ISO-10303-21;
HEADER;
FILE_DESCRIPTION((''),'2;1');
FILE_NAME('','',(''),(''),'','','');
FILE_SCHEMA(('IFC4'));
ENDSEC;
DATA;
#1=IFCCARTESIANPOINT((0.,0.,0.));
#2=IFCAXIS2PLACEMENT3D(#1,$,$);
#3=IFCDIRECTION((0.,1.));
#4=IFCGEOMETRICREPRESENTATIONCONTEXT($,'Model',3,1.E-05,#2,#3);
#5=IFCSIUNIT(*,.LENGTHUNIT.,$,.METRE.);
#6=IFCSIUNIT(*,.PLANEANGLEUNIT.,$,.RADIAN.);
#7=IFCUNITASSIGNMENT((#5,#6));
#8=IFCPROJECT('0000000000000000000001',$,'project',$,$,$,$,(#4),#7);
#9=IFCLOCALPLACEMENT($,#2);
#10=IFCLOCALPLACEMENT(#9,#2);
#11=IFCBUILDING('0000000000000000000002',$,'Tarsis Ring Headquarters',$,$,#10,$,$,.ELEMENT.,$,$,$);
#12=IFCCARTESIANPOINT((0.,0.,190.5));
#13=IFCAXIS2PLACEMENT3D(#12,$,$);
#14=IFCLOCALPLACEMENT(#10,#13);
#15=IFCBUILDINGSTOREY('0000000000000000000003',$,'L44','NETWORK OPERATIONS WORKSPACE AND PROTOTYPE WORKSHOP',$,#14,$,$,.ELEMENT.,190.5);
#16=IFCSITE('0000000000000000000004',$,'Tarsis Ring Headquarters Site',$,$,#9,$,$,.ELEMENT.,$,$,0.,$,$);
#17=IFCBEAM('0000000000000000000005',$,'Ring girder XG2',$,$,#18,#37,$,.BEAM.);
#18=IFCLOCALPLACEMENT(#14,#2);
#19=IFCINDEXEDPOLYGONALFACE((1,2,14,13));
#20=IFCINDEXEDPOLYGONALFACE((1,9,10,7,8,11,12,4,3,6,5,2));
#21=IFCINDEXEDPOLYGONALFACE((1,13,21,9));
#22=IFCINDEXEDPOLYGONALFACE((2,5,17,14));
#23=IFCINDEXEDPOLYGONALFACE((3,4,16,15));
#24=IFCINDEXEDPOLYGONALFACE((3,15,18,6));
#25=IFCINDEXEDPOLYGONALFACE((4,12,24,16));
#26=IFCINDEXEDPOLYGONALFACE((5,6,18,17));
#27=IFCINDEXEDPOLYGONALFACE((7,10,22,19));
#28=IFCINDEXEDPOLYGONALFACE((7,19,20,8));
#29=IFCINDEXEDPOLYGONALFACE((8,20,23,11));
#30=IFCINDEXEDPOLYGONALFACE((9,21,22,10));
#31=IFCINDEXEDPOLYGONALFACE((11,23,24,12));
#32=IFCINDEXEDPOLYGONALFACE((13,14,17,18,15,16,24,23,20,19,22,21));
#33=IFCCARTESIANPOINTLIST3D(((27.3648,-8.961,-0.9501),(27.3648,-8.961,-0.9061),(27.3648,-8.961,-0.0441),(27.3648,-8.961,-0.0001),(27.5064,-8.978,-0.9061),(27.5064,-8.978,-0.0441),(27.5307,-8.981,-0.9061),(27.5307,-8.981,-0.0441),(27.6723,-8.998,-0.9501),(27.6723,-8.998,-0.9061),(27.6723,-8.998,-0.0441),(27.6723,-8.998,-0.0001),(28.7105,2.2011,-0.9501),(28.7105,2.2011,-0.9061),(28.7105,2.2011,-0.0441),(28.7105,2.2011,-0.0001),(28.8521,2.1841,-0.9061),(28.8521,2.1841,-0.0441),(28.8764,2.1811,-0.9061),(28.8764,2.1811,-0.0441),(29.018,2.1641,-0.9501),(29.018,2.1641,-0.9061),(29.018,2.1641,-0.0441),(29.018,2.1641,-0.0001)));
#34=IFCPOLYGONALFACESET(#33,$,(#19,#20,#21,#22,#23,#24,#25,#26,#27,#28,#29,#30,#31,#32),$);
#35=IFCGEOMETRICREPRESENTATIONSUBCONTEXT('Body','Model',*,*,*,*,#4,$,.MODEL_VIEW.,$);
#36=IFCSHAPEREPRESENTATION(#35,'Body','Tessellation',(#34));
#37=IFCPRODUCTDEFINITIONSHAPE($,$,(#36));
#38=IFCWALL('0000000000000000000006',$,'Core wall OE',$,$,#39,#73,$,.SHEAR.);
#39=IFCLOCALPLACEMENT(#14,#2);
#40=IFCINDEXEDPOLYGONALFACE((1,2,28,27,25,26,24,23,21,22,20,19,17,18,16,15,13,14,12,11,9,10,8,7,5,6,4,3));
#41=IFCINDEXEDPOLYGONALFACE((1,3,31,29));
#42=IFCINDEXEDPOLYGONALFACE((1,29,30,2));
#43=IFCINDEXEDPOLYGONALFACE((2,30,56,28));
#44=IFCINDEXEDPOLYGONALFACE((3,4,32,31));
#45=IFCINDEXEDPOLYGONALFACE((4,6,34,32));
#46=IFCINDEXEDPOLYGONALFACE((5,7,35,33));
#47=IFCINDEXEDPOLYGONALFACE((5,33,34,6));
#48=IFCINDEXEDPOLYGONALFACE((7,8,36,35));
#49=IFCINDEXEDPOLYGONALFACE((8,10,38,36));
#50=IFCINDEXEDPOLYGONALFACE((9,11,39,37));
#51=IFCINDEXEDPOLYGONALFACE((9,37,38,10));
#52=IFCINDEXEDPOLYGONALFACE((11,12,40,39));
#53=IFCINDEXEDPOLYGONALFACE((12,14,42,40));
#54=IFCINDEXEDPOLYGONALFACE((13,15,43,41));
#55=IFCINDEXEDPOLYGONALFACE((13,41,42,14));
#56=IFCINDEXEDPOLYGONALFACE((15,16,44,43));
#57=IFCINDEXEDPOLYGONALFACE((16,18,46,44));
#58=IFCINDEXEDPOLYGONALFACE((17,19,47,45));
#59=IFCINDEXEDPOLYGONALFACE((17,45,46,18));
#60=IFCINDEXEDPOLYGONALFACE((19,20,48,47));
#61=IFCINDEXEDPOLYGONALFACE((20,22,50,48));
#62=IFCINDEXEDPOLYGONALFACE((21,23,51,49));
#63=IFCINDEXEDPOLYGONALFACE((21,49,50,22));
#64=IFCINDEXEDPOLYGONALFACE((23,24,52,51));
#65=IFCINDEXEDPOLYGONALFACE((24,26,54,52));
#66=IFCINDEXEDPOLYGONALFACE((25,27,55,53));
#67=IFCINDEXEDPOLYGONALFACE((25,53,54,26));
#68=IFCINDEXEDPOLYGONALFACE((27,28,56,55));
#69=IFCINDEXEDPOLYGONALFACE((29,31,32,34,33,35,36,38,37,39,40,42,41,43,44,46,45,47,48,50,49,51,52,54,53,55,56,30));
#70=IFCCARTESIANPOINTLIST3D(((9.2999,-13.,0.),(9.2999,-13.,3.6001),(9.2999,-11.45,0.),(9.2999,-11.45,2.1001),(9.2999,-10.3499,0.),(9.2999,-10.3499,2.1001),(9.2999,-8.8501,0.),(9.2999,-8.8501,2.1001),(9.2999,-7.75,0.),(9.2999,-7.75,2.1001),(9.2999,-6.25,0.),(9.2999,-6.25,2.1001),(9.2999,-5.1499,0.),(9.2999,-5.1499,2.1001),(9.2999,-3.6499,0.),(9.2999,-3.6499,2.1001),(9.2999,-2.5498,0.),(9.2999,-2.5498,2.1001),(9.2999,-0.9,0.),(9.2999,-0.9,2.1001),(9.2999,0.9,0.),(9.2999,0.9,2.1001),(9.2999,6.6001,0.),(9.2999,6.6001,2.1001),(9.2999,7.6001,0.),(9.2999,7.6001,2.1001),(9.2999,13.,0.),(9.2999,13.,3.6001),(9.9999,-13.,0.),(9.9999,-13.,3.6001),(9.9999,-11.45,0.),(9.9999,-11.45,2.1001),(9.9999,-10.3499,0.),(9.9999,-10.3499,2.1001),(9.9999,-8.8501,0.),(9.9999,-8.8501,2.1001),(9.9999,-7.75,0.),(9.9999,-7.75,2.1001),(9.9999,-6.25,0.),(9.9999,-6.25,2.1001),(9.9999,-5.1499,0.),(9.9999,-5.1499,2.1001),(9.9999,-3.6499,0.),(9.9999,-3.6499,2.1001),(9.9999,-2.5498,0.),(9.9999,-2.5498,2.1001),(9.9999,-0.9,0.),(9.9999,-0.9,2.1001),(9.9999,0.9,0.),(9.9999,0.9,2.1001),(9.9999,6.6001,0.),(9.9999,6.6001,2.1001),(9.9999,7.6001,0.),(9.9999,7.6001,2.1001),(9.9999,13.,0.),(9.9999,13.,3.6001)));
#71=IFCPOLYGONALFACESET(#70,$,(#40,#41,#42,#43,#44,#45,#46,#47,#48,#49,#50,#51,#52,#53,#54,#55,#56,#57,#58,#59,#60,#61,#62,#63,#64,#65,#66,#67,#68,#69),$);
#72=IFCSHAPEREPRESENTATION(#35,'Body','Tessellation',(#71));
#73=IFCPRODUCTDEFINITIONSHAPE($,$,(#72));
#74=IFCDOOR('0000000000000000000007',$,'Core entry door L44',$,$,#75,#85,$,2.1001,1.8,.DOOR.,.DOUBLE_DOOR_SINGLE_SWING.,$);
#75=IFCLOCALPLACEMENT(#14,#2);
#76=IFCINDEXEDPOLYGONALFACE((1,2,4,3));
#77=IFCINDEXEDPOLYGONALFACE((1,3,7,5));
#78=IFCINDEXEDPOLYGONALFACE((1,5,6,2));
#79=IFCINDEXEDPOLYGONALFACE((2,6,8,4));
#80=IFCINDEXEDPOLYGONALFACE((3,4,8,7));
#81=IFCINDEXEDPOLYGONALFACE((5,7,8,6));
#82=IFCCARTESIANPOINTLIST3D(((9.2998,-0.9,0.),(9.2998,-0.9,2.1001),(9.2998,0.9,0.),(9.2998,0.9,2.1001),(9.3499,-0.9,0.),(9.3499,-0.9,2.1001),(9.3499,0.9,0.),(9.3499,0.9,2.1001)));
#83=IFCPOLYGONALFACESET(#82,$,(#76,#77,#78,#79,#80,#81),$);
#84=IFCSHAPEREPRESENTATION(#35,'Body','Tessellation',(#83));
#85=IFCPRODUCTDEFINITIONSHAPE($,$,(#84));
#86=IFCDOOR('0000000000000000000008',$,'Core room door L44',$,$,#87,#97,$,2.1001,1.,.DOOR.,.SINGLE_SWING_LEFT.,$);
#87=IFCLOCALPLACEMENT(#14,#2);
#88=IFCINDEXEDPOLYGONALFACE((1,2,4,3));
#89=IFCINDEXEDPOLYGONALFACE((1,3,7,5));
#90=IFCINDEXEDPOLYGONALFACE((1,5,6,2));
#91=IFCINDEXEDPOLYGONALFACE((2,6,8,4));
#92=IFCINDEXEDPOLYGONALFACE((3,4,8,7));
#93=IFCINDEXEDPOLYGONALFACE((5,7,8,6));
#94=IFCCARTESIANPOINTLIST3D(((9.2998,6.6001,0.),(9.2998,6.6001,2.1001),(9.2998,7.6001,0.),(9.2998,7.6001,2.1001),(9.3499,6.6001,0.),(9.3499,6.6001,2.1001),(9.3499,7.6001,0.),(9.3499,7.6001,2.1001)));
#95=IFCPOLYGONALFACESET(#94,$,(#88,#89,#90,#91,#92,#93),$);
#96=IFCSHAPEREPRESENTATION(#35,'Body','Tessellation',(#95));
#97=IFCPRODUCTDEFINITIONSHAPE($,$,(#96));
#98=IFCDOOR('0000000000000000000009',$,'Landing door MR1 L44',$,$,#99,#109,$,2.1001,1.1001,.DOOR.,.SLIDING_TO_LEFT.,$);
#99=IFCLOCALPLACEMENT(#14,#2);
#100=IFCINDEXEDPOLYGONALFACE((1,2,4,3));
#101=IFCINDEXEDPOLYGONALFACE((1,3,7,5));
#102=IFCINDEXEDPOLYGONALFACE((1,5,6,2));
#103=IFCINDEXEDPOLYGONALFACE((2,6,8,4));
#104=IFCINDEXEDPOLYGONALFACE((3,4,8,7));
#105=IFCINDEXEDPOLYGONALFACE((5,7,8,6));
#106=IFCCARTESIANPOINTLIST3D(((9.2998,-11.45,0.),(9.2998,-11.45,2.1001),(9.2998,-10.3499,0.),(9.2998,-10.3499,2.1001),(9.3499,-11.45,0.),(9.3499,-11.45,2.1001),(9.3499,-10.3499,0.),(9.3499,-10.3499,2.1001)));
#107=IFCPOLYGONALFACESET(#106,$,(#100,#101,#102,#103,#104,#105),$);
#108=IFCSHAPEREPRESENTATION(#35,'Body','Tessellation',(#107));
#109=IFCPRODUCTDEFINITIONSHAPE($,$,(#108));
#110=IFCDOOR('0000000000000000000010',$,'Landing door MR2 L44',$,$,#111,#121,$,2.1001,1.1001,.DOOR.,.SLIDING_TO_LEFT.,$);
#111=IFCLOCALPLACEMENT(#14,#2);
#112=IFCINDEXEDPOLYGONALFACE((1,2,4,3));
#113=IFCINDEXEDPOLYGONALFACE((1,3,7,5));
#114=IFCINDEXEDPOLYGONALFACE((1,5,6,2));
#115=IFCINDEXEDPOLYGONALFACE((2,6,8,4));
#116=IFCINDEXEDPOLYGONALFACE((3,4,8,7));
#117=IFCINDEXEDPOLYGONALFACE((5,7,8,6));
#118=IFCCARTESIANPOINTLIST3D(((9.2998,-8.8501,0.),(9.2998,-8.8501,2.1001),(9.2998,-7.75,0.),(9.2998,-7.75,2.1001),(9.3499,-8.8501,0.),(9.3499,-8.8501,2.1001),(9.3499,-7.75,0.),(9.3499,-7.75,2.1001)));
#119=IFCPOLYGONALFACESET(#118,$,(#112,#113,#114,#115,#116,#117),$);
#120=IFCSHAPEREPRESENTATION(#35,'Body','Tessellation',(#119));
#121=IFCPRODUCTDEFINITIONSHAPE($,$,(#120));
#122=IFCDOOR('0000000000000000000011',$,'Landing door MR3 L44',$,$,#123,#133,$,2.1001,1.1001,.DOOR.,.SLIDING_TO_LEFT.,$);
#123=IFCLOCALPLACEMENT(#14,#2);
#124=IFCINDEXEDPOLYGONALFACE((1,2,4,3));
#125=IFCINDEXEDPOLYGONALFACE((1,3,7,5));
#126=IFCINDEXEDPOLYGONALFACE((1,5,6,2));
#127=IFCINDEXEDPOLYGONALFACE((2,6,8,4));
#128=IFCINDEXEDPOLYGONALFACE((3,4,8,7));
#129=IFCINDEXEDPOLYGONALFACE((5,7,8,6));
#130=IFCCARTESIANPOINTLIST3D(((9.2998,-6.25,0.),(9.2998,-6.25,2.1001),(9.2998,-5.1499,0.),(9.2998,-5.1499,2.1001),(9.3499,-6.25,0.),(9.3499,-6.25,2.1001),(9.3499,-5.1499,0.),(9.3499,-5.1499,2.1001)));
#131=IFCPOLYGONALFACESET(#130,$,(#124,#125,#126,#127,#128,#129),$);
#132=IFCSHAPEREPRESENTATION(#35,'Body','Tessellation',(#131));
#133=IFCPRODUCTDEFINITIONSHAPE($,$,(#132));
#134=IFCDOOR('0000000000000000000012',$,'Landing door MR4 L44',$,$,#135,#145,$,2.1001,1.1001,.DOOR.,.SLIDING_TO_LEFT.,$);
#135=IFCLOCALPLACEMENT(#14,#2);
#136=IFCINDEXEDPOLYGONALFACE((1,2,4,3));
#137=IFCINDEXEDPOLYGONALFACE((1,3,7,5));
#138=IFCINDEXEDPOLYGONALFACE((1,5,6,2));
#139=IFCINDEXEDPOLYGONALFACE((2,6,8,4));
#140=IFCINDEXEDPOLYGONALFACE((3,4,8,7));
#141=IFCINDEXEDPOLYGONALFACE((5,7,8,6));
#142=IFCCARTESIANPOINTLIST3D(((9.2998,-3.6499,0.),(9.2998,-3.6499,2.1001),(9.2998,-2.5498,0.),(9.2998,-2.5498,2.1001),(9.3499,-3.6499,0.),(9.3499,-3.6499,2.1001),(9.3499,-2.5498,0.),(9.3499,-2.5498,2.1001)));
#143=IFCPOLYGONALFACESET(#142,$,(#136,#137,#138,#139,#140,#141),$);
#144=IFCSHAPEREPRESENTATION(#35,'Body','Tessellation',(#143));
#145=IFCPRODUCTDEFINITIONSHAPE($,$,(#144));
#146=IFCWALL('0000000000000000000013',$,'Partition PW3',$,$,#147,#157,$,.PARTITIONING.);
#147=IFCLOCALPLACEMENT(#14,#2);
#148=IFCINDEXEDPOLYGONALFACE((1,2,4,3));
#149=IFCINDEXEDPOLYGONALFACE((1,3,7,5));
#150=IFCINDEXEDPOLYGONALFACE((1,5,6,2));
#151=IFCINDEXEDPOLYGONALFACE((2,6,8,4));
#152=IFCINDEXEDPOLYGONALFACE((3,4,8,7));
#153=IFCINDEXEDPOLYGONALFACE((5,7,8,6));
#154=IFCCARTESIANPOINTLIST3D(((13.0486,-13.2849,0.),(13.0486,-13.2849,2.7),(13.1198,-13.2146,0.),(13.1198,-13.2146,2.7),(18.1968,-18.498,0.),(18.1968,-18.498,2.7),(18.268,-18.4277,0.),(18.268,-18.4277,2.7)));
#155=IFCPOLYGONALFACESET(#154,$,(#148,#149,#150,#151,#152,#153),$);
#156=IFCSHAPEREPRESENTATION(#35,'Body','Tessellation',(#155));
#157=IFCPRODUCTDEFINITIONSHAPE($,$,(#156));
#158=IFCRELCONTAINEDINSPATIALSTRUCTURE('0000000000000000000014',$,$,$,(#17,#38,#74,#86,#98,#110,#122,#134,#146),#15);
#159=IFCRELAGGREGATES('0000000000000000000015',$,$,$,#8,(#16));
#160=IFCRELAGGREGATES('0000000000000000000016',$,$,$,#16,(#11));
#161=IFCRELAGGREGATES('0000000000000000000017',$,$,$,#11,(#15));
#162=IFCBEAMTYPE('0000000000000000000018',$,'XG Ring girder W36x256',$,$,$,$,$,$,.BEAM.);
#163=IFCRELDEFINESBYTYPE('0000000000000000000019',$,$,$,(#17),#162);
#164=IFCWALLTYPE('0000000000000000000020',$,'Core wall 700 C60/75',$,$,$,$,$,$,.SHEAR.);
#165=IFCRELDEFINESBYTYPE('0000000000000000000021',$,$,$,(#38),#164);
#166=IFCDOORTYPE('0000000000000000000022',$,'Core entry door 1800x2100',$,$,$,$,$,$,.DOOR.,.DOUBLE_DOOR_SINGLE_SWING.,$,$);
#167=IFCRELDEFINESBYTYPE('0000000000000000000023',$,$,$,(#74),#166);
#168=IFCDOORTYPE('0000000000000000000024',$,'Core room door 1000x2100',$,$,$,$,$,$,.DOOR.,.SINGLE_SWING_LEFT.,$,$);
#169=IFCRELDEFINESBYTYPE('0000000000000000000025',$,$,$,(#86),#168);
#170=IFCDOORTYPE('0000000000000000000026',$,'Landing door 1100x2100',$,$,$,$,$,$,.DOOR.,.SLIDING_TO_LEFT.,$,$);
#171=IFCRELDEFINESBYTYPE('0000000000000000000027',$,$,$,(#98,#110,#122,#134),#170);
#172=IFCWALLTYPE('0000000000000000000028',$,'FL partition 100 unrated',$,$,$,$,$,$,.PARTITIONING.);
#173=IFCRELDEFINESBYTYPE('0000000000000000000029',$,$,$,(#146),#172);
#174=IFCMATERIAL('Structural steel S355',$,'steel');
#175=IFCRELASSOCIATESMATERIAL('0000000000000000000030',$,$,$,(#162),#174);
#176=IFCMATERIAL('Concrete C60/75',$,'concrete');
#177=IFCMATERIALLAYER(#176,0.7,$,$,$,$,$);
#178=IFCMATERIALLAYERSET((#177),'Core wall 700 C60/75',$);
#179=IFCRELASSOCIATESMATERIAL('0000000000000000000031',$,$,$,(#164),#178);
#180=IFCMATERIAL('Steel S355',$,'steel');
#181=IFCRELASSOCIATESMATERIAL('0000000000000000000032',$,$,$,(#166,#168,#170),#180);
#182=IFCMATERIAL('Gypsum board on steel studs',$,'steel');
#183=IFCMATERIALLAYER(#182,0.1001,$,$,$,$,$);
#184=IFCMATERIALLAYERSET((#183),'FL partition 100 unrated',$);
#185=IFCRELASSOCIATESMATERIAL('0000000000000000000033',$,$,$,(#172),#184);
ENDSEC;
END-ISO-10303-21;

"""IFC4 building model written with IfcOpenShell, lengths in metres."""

from ifc_helpers import new_model, si_unit, direction, frame, frame_2d, origin, origin_2d, place, context, subcontext, project, spatial, rectangle, i_section, extrude, material, layer, layer_set, material_profile, profile_set, type_object, element, fill, save


model = new_model("IFC4")

# Units and contexts
model_context = context("Model", 3, precision=1e-05, world=origin(), true_north=direction((0.0, 1.0)))
body_context = subcontext(model_context, "Body", "Model", "MODEL_VIEW")
ifc_project = project(units=[si_unit("LENGTHUNIT", "METRE"), si_unit("PLANEANGLEUNIT", "RADIAN")], contexts=[model_context])

# Site, building, storey
site_placement = place(None, origin())
site = spatial("IfcSite", under=ifc_project, at=site_placement, Name="Tarsis Ring Headquarters Site", CompositionType="ELEMENT", RefElevation=0.0)
building_placement = place(site_placement, origin())
building = spatial("IfcBuilding", under=site, at=building_placement, Name="Tarsis Ring Headquarters", CompositionType="ELEMENT")
storey_placement = place(building_placement, frame((0.0, 0.0, 190.5)))
storey = spatial("IfcBuildingStorey", under=building, at=storey_placement, Name="L44", Description="NETWORK OPERATIONS WORKSPACE AND PROTOTYPE WORKSHOP", CompositionType="ELEMENT", Elevation=190.5)

# Shared definitions
ifc_material_1 = material(Name="Structural steel S355", Category="steel")

# Beam
ifc_material_profile_1 = material_profile(ifc_material_1, i_section(OverallWidth=0.3098, OverallDepth=0.95, WebThickness=0.0244, FlangeThickness=0.0439, at=origin_2d()), Name="W36x256")
ifc_profile_set_1 = profile_set([ifc_material_profile_1], Name="Structural steel S355")
beam_type_1 = type_object("IfcBeamType", Name="XG Ring girder W36x256", PredefinedType="BEAM", material=ifc_profile_set_1)
beam_1_placement = place(storey_placement, frame((27.5186, -8.9795, -0.4751), z_axis=(0.119693, 0.992811, 0.0), x_axis=(-0.992811, 0.119693, 0.0)))
element("IfcBeam", 1, at=beam_1_placement, inside=storey, type_object=beam_type_1, Name="Ring girder XG2", PredefinedType="BEAM", context=body_context, shape_type="SweptSolid", body=[
    extrude(i_section(OverallWidth=0.3098, OverallDepth=0.95, WebThickness=0.0244, FlangeThickness=0.0439, at=origin_2d()), origin(), (0.0, 0.0, 1.0), 11.2429),
])

# Wall, openings, doors
ifc_material_2 = material(Name="Concrete C60/75", Category="concrete")
ifc_layer_1 = layer(ifc_material_2, 0.7)
ifc_layer_set_1 = layer_set([ifc_layer_1], Name="Core wall 700 C60/75")
wall_type_1 = type_object("IfcWallType", Name="Core wall 700 C60/75", PredefinedType="SHEAR", material=ifc_layer_set_1)
wall_1_placement = place(storey_placement, frame((9.6499, -13.0, 0.0), z_axis=(0.0, 0.0, 1.0), x_axis=(0.0, 1.0, 0.0)))
wall_1 = element("IfcWall", 2, at=wall_1_placement, inside=storey, type_object=wall_type_1, Name="Core wall OE", PredefinedType="SHEAR", context=body_context, shape_type="SweptSolid", body=[
    extrude(rectangle(XDim=26.0, YDim=0.7, at=frame_2d((13.0, 0.0))), origin(), (0.0, 0.0, 1.0), 3.6001),
])
opening_1_placement = place(wall_1_placement, frame((1.55, 0.0, 0.0)))
opening_1 = element("IfcOpeningElement", 3, at=opening_1_placement, cuts=wall_1, PredefinedType="OPENING", context=body_context, shape_type="SweptSolid", body=[
    extrude(rectangle(XDim=1.1001, YDim=2.1001, at=frame_2d((0.55, 1.05))), frame((0.0, 0.3599, 0.0), z_axis=(0.0, -1.0, 0.0), x_axis=(1.0, 0.0, 0.0)), (0.0, 0.0, 1.0), 0.72),
])
opening_2_placement = place(wall_1_placement, frame((4.1499, 0.0, 0.0)))
opening_2 = element("IfcOpeningElement", 4, at=opening_2_placement, cuts=wall_1, PredefinedType="OPENING", context=body_context, shape_type="SweptSolid", body=[
    extrude(rectangle(XDim=1.1001, YDim=2.1001, at=frame_2d((0.55, 1.05))), frame((0.0, 0.3599, 0.0), z_axis=(0.0, -1.0, 0.0), x_axis=(1.0, 0.0, 0.0)), (0.0, 0.0, 1.0), 0.72),
])
opening_3_placement = place(wall_1_placement, frame((6.75, 0.0, 0.0)))
opening_3 = element("IfcOpeningElement", 5, at=opening_3_placement, cuts=wall_1, PredefinedType="OPENING", context=body_context, shape_type="SweptSolid", body=[
    extrude(rectangle(XDim=1.1001, YDim=2.1001, at=frame_2d((0.55, 1.05))), frame((0.0, 0.3599, 0.0), z_axis=(0.0, -1.0, 0.0), x_axis=(1.0, 0.0, 0.0)), (0.0, 0.0, 1.0), 0.72),
])
opening_4_placement = place(wall_1_placement, frame((9.3501, 0.0, 0.0)))
opening_4 = element("IfcOpeningElement", 6, at=opening_4_placement, cuts=wall_1, PredefinedType="OPENING", context=body_context, shape_type="SweptSolid", body=[
    extrude(rectangle(XDim=1.1001, YDim=2.1001, at=frame_2d((0.55, 1.05))), frame((0.0, 0.3599, 0.0), z_axis=(0.0, -1.0, 0.0), x_axis=(1.0, 0.0, 0.0)), (0.0, 0.0, 1.0), 0.72),
])
opening_5_placement = place(wall_1_placement, frame((12.1001, 0.0, 0.0)))
opening_5 = element("IfcOpeningElement", 7, at=opening_5_placement, cuts=wall_1, PredefinedType="OPENING", context=body_context, shape_type="SweptSolid", body=[
    extrude(rectangle(XDim=1.8, YDim=2.1001, at=frame_2d((0.8999, 1.05))), frame((0.0, 0.3599, 0.0), z_axis=(0.0, -1.0, 0.0), x_axis=(1.0, 0.0, 0.0)), (0.0, 0.0, 1.0), 0.72),
])
opening_6_placement = place(wall_1_placement, frame((19.6001, 0.0, 0.0)))
opening_6 = element("IfcOpeningElement", 8, at=opening_6_placement, cuts=wall_1, PredefinedType="OPENING", context=body_context, shape_type="SweptSolid", body=[
    extrude(rectangle(XDim=1.0, YDim=2.1001, at=frame_2d((0.5, 1.05))), frame((0.0, 0.3599, 0.0), z_axis=(0.0, -1.0, 0.0), x_axis=(1.0, 0.0, 0.0)), (0.0, 0.0, 1.0), 0.72),
])
ifc_material_3 = material(Name="Steel S355", Category="steel")
door_type_1 = type_object("IfcDoorType", Name="Core entry door 1800x2100", OperationType="DOUBLE_DOOR_SINGLE_SWING", PredefinedType="DOOR", material=ifc_material_3)
door_1_placement = place(opening_5_placement, origin())
door_1 = element("IfcDoor", 9, at=door_1_placement, inside=storey, type_object=door_type_1, Name="Core entry door L44", OperationType="DOUBLE_DOOR_SINGLE_SWING", OverallHeight=2.1001, OverallWidth=1.8, PredefinedType="DOOR", context=body_context, shape_type="SweptSolid", body=[
    extrude(rectangle(XDim=1.8, YDim=2.1001, at=frame_2d((0.8999, 1.05))), frame((0.0, 0.3501, 0.0), z_axis=(0.0, -1.0, 0.0), x_axis=(1.0, 0.0, 0.0)), (0.0, 0.0, 1.0), 0.05),
])
fill(opening_5, door_1)
door_type_2 = type_object("IfcDoorType", Name="Core room door 1000x2100", OperationType="SINGLE_SWING_LEFT", PredefinedType="DOOR", material=ifc_material_3)
door_2_placement = place(opening_6_placement, origin())
door_2 = element("IfcDoor", 10, at=door_2_placement, inside=storey, type_object=door_type_2, Name="Core room door L44", OperationType="SINGLE_SWING_LEFT", OverallHeight=2.1001, OverallWidth=1.0, PredefinedType="DOOR", context=body_context, shape_type="SweptSolid", body=[
    extrude(rectangle(XDim=1.0, YDim=2.1001, at=frame_2d((0.5, 1.05))), frame((0.0, 0.3501, 0.0), z_axis=(0.0, -1.0, 0.0), x_axis=(1.0, 0.0, 0.0)), (0.0, 0.0, 1.0), 0.05),
])
fill(opening_6, door_2)
door_type_3 = type_object("IfcDoorType", Name="Landing door 1100x2100", OperationType="SLIDING_TO_LEFT", PredefinedType="DOOR", material=ifc_material_3)
door_3_placement = place(opening_1_placement, origin())
door_3 = element("IfcDoor", 11, at=door_3_placement, inside=storey, type_object=door_type_3, Name="Landing door MR1 L44", OperationType="SLIDING_TO_LEFT", OverallHeight=2.1001, OverallWidth=1.1001, PredefinedType="DOOR", context=body_context, shape_type="SweptSolid", body=[
    extrude(rectangle(XDim=1.1001, YDim=2.1001, at=frame_2d((0.55, 1.05))), frame((0.0, 0.3501, 0.0), z_axis=(0.0, -1.0, 0.0), x_axis=(1.0, 0.0, 0.0)), (0.0, 0.0, 1.0), 0.05),
])
fill(opening_1, door_3)
door_4_placement = place(opening_2_placement, origin())
door_4 = element("IfcDoor", 12, at=door_4_placement, inside=storey, type_object=door_type_3, Name="Landing door MR2 L44", OperationType="SLIDING_TO_LEFT", OverallHeight=2.1001, OverallWidth=1.1001, PredefinedType="DOOR", context=body_context, shape_type="SweptSolid", body=[
    extrude(rectangle(XDim=1.1001, YDim=2.1001, at=frame_2d((0.55, 1.05))), frame((0.0, 0.3501, 0.0), z_axis=(0.0, -1.0, 0.0), x_axis=(1.0, 0.0, 0.0)), (0.0, 0.0, 1.0), 0.05),
])
fill(opening_2, door_4)
door_5_placement = place(opening_3_placement, origin())
door_5 = element("IfcDoor", 13, at=door_5_placement, inside=storey, type_object=door_type_3, Name="Landing door MR3 L44", OperationType="SLIDING_TO_LEFT", OverallHeight=2.1001, OverallWidth=1.1001, PredefinedType="DOOR", context=body_context, shape_type="SweptSolid", body=[
    extrude(rectangle(XDim=1.1001, YDim=2.1001, at=frame_2d((0.55, 1.05))), frame((0.0, 0.3501, 0.0), z_axis=(0.0, -1.0, 0.0), x_axis=(1.0, 0.0, 0.0)), (0.0, 0.0, 1.0), 0.05),
])
fill(opening_3, door_5)
door_6_placement = place(opening_4_placement, origin())
door_6 = element("IfcDoor", 14, at=door_6_placement, inside=storey, type_object=door_type_3, Name="Landing door MR4 L44", OperationType="SLIDING_TO_LEFT", OverallHeight=2.1001, OverallWidth=1.1001, PredefinedType="DOOR", context=body_context, shape_type="SweptSolid", body=[
    extrude(rectangle(XDim=1.1001, YDim=2.1001, at=frame_2d((0.55, 1.05))), frame((0.0, 0.3501, 0.0), z_axis=(0.0, -1.0, 0.0), x_axis=(1.0, 0.0, 0.0)), (0.0, 0.0, 1.0), 0.05),
])
fill(opening_4, door_6)

# Wall
ifc_material_4 = material(Name="Gypsum board on steel studs", Category="steel")
ifc_layer_2 = layer(ifc_material_4, 0.1001)
ifc_layer_set_2 = layer_set([ifc_layer_2], Name="FL partition 100 unrated")
wall_type_2 = type_object("IfcWallType", Name="FL partition 100 unrated", PredefinedType="PARTITIONING", material=ifc_layer_set_2)
wall_2_placement = place(storey_placement, frame((13.0842, -13.2498, 0.0), z_axis=(0.0, 0.0, 1.0), x_axis=(0.702661, -0.711525, 0.0)))
element("IfcWall", 15, at=wall_2_placement, inside=storey, type_object=wall_type_2, Name="Partition PW3", PredefinedType="PARTITIONING", context=body_context, shape_type="SweptSolid", body=[
    extrude(rectangle(XDim=7.3267, YDim=0.1001, at=frame_2d((3.6633, 0.0))), origin(), (0.0, 0.0, 1.0), 2.7),
])

save(model, "model.ifc")
